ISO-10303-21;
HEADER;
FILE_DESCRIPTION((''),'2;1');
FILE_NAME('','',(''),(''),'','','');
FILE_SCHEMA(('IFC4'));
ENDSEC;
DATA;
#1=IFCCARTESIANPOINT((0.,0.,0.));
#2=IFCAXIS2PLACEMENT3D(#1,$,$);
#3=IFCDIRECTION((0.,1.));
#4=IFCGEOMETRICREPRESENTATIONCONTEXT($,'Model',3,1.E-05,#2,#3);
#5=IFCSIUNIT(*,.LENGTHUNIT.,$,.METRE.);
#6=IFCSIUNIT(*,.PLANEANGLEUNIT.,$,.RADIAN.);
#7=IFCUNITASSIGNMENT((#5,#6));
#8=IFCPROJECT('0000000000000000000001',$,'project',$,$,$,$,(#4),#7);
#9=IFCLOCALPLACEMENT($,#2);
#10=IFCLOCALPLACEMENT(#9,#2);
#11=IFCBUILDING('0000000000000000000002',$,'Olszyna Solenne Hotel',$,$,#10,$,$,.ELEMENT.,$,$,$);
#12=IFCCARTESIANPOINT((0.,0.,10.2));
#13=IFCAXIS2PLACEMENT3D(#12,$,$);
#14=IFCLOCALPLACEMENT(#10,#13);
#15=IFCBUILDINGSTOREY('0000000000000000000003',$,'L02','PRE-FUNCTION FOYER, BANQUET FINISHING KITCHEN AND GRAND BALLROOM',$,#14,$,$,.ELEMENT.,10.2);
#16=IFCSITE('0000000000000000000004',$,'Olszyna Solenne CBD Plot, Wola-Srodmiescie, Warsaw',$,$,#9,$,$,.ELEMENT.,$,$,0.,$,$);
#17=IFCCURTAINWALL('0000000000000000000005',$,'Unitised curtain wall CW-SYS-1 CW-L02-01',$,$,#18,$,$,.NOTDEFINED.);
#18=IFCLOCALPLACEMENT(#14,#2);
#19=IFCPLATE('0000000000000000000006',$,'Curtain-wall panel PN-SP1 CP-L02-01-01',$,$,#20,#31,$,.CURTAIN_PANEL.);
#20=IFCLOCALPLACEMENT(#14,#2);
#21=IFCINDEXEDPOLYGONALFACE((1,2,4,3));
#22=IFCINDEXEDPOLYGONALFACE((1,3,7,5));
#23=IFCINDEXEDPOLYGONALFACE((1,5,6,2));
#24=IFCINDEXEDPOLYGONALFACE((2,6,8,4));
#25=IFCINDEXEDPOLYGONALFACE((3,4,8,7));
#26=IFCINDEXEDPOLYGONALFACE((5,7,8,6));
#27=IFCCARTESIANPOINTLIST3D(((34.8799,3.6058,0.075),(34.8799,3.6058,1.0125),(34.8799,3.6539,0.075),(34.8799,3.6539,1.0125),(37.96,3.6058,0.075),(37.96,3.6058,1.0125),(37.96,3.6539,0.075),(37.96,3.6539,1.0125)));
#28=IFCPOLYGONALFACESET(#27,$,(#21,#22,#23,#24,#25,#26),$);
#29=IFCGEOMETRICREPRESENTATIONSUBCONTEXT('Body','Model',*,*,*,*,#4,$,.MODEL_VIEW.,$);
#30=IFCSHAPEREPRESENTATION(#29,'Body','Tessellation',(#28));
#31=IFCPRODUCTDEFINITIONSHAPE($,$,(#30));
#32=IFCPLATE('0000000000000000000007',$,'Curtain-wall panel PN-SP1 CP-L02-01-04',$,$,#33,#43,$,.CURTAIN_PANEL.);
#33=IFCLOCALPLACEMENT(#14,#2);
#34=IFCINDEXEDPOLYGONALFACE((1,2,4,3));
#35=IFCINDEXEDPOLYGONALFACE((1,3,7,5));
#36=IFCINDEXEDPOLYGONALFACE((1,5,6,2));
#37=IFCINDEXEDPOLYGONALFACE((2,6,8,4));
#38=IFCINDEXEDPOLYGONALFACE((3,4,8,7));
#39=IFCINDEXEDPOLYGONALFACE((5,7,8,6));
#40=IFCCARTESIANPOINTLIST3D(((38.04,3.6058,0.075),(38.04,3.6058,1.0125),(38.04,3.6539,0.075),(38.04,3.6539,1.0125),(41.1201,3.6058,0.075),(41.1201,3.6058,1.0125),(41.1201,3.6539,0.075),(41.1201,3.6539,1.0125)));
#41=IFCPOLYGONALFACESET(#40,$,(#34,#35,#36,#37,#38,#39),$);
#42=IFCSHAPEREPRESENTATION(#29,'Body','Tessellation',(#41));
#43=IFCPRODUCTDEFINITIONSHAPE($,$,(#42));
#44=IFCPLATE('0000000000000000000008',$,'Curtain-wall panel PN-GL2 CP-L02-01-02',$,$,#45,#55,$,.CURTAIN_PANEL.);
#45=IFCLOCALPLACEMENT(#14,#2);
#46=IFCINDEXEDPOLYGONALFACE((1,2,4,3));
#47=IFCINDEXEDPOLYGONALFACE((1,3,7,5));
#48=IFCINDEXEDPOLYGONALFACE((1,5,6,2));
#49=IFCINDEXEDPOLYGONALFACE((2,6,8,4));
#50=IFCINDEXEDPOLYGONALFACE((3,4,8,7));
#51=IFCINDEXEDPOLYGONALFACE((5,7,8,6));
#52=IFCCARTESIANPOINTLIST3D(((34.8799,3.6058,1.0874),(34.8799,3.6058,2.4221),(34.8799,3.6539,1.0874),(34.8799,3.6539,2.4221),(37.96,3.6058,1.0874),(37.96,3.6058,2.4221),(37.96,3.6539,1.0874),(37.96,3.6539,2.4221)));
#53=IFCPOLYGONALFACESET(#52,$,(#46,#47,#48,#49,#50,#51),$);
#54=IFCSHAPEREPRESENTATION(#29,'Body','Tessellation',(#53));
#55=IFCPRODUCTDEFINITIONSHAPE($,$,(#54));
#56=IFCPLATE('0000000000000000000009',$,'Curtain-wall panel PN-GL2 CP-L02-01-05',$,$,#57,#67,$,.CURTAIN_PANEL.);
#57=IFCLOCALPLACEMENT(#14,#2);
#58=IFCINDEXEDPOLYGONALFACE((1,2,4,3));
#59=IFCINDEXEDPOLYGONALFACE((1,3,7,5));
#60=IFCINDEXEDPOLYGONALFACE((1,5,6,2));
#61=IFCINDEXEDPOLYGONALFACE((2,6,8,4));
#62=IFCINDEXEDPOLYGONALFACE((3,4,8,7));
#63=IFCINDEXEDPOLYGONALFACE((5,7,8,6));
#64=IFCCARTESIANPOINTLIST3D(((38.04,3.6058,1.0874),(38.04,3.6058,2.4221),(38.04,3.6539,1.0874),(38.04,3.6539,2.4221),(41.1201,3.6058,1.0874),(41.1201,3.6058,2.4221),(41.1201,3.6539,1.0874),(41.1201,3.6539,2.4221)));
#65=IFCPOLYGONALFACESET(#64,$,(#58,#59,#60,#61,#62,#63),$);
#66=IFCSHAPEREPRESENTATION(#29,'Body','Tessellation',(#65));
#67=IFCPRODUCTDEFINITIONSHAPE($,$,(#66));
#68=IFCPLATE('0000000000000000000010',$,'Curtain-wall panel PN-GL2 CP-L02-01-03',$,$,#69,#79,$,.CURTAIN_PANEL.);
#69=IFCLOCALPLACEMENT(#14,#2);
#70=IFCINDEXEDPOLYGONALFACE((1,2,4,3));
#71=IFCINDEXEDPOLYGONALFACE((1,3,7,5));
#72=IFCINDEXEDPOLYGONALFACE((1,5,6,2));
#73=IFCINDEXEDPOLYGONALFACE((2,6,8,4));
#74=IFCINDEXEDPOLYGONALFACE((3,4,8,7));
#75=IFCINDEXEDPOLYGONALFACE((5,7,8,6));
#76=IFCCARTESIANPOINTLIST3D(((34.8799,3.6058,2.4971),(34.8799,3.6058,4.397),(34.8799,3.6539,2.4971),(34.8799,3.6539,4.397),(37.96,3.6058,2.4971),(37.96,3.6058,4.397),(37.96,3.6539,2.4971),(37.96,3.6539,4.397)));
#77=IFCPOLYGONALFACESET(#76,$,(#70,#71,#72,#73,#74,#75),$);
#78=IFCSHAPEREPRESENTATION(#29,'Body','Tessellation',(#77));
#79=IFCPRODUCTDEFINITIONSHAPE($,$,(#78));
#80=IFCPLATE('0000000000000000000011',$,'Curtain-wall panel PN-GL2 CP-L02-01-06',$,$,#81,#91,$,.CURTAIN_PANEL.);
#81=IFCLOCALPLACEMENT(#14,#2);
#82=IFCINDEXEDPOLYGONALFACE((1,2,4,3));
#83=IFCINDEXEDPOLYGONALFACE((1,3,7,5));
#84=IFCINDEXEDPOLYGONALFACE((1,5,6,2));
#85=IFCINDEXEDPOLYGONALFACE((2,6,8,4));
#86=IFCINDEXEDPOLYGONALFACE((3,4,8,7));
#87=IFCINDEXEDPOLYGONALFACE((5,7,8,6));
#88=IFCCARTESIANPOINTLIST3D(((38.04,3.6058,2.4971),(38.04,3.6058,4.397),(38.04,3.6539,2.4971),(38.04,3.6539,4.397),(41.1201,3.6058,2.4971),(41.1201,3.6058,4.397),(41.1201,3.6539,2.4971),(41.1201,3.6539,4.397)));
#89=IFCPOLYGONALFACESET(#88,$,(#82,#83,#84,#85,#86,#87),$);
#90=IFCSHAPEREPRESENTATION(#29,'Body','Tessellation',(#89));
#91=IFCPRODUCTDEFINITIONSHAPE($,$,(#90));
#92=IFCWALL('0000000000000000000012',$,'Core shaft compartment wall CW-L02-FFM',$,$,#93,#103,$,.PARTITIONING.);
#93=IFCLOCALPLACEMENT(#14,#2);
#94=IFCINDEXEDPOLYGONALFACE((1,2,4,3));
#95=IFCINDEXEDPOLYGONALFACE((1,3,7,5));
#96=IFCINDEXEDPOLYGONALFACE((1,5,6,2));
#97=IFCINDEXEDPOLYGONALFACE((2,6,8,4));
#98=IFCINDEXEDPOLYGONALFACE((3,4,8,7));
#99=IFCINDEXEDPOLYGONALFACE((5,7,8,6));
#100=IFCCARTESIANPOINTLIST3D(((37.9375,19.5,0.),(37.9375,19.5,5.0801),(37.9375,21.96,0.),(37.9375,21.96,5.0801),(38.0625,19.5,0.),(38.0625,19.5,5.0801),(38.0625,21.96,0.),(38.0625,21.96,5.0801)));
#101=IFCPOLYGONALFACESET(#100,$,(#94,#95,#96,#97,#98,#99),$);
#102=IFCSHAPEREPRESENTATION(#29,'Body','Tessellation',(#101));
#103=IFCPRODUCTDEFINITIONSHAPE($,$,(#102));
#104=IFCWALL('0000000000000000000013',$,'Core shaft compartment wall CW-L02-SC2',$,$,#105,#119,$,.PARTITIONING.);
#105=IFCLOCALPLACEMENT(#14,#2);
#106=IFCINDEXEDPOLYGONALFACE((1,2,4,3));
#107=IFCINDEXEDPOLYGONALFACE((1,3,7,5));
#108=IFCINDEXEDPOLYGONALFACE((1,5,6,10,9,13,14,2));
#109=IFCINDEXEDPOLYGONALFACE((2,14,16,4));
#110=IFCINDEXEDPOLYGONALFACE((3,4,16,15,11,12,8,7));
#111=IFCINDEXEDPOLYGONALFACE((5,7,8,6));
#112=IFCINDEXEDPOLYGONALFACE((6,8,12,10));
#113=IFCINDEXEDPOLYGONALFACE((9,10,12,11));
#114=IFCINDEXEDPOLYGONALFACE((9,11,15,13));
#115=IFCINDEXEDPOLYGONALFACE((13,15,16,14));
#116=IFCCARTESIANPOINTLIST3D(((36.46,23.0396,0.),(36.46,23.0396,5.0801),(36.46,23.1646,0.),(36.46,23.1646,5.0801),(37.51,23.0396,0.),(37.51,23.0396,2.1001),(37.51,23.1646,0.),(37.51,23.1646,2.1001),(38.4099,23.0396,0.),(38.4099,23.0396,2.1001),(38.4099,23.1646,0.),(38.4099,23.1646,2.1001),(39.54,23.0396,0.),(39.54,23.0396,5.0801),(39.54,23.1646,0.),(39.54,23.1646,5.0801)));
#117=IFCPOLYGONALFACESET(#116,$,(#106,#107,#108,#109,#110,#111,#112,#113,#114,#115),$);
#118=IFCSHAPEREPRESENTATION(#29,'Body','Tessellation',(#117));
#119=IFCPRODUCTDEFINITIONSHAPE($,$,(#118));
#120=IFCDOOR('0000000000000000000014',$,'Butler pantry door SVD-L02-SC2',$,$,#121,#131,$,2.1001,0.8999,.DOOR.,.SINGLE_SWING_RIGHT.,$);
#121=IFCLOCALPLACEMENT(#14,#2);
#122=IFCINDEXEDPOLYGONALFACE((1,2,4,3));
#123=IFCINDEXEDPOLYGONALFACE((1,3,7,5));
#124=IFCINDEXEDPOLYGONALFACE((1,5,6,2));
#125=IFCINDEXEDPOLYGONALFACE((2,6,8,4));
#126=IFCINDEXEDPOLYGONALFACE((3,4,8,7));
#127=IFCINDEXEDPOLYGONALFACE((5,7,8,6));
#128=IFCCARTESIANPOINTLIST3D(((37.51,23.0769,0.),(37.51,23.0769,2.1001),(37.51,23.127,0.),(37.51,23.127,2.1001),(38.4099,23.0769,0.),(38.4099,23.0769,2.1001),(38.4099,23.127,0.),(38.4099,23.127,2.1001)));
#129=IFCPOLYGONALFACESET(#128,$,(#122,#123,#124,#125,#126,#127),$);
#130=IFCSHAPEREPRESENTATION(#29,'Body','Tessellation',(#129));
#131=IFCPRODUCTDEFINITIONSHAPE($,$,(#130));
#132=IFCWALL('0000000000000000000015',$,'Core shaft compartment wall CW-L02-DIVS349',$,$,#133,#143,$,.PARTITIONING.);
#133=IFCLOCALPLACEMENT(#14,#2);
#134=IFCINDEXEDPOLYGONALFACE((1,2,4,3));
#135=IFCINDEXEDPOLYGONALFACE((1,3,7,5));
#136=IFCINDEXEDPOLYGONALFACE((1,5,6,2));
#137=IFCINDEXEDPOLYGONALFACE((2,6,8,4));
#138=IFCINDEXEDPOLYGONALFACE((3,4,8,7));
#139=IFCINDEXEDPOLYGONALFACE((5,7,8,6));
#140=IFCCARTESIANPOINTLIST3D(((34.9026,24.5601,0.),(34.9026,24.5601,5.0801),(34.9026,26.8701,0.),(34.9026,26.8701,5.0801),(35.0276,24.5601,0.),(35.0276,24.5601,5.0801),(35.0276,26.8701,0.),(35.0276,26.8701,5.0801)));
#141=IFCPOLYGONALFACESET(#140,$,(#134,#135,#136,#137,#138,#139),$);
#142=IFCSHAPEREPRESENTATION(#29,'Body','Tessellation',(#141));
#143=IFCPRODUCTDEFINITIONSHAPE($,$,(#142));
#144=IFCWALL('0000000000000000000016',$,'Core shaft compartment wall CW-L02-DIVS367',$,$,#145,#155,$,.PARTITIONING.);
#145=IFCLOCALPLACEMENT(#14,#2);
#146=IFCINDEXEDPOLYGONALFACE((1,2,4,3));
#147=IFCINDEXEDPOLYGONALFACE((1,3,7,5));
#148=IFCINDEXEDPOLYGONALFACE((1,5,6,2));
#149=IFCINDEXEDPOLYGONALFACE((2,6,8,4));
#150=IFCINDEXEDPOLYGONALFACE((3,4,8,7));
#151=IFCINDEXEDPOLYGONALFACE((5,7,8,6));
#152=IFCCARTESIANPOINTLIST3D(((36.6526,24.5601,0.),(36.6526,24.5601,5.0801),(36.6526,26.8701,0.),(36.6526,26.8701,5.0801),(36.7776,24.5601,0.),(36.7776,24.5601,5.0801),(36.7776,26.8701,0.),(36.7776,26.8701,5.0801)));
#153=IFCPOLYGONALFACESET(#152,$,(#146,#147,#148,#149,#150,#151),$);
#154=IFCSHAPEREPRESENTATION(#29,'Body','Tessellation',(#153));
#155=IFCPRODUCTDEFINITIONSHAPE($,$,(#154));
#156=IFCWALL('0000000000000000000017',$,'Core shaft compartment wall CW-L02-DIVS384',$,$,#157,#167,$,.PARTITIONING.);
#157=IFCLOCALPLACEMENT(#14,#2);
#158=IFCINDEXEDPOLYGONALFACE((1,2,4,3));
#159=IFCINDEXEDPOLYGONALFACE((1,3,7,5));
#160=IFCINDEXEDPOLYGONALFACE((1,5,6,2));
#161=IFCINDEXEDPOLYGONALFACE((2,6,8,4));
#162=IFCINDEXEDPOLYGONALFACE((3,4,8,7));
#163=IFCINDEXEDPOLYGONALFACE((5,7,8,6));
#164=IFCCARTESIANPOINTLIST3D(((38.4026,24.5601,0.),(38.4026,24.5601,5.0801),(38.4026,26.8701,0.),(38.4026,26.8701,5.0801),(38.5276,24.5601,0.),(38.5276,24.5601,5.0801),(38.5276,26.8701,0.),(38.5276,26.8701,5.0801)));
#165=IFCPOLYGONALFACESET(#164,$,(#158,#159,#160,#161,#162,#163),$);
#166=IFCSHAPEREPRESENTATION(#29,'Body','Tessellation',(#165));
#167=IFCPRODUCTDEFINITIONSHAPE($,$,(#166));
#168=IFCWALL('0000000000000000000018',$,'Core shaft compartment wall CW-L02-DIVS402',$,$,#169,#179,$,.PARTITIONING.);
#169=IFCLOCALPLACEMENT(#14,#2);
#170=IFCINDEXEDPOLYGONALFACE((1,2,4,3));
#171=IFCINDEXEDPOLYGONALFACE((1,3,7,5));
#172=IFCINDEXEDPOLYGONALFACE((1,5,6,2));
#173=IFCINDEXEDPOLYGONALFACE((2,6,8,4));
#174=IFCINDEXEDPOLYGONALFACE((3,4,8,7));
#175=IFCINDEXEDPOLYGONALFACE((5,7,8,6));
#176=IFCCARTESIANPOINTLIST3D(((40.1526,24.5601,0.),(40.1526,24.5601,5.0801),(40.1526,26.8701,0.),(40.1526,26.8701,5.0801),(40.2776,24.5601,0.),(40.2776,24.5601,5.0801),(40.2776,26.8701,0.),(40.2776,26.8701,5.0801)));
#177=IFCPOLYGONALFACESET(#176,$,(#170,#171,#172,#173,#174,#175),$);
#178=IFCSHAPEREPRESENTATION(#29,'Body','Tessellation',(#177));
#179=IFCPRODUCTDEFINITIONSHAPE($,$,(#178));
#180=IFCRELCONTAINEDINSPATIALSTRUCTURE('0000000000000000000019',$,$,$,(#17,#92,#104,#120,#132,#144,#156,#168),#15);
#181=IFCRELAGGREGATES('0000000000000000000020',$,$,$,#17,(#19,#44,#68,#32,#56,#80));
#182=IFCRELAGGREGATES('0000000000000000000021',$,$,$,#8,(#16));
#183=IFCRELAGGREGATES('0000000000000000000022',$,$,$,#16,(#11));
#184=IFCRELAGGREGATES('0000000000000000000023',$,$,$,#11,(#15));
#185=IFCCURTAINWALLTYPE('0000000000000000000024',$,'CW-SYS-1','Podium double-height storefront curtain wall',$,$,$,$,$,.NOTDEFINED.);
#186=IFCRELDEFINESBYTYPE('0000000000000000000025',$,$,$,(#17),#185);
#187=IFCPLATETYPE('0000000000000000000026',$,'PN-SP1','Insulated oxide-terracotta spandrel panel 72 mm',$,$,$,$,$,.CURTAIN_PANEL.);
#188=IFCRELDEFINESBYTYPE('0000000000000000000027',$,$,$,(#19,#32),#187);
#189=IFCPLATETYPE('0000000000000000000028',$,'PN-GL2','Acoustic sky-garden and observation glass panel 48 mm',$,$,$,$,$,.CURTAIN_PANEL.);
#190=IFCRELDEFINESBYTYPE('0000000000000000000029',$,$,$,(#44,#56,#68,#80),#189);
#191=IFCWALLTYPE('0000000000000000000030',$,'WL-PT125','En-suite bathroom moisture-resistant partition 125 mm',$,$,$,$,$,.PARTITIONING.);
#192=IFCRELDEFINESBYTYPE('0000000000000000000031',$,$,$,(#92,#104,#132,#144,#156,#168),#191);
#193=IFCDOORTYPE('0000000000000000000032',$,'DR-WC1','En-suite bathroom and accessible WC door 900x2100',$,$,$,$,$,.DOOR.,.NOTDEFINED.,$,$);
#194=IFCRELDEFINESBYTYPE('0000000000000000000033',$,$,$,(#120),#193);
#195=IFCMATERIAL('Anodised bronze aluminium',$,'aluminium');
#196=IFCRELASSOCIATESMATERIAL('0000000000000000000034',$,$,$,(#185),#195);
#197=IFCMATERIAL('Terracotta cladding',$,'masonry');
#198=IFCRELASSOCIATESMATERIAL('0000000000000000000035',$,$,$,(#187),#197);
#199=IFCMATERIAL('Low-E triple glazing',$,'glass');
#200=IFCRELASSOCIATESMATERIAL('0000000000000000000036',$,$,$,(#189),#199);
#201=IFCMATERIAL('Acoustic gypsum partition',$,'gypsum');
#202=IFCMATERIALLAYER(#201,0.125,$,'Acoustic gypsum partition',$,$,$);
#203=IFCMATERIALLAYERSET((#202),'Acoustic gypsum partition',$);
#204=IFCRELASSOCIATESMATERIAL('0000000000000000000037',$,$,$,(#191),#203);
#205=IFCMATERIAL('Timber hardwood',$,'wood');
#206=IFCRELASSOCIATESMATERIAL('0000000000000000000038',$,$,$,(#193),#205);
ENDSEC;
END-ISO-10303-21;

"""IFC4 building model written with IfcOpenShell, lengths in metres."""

from ifc_helpers import new_model, si_unit, direction, frame, frame_2d, origin, origin_2d, place, context, subcontext, project, spatial, rectangle, extrude, source, transform, mapped, material, layer, layer_set, type_object, type_shapes, element, fill, aggregate, save


model = new_model("IFC4")

# Units and contexts
model_context = context("Model", 3, precision=1e-05, world=origin(), true_north=direction((0.0, 1.0)))
body_context = subcontext(model_context, "Body", "Model", "MODEL_VIEW")
ifc_project = project(units=[si_unit("LENGTHUNIT", "METRE"), si_unit("PLANEANGLEUNIT", "RADIAN")], contexts=[model_context])

# Site, building, storey
site_placement = place(None, origin())
site = spatial("IfcSite", under=ifc_project, at=site_placement, Name="Olszyna Solenne CBD Plot, Wola-Srodmiescie, Warsaw", CompositionType="ELEMENT", RefElevation=0.0)
building_placement = place(site_placement, origin())
building = spatial("IfcBuilding", under=site, at=building_placement, Name="Olszyna Solenne Hotel", CompositionType="ELEMENT")
storey_placement = place(building_placement, frame((0.0, 0.0, 10.2)))
storey = spatial("IfcBuildingStorey", under=building, at=storey_placement, Name="L02", Description="PRE-FUNCTION FOYER, BANQUET FINISHING KITCHEN AND GRAND BALLROOM", CompositionType="ELEMENT", Elevation=10.2)

# Curtain wall, plates
ifc_material_1 = material(Name="Anodised bronze aluminium", Category="aluminium")
curtain_wall_type = type_object("IfcCurtainWallType", Name="CW-SYS-1", Description="Podium double-height storefront curtain wall", PredefinedType="NOTDEFINED", material=ifc_material_1)
curtain_wall_placement = place(storey_placement, origin())
curtain_wall = element("IfcCurtainWall", 1, at=curtain_wall_placement, inside=storey, type_object=curtain_wall_type, Name="Unitised curtain wall CW-SYS-1 CW-L02-01", PredefinedType="NOTDEFINED")
ifc_material_2 = material(Name="Terracotta cladding", Category="masonry")
plate_type_1 = type_object("IfcPlateType", Name="PN-SP1", Description="Insulated oxide-terracotta spandrel panel 72 mm", PredefinedType="CURTAIN_PANEL", material=ifc_material_2)
shared_shape_1 = source(origin(), body_context, "Body", "SweptSolid", [
    extrude(rectangle(XDim=3.0801, YDim=0.0481, at=origin_2d()), origin(), (0.0, 0.0, 1.0), 0.9375),
])
plate_1_placement = place(storey_placement, frame((36.4199, 3.6299, 0.075), z_axis=(0.0, 0.0, 1.0), x_axis=(1.0, 0.0, 0.0)))
plate_1 = element("IfcPlate", 2, at=plate_1_placement, type_object=plate_type_1, Name="Curtain-wall panel PN-SP1 CP-L02-01-01", PredefinedType="CURTAIN_PANEL", context=body_context, shape_type="MappedRepresentation", body=[
    mapped(shared_shape_1, transform((0.0, 0.0, 0.0), x_axis=(1.0, 0.0, 0.0), y_axis=(0.0, 1.0, 0.0), z_axis=(0.0, 0.0, 1.0), scale=1.0)),
])
plate_2_placement = place(storey_placement, frame((39.5801, 3.6299, 0.075), z_axis=(0.0, 0.0, 1.0), x_axis=(1.0, 0.0, 0.0)))
plate_2 = element("IfcPlate", 3, at=plate_2_placement, type_object=plate_type_1, Name="Curtain-wall panel PN-SP1 CP-L02-01-04", PredefinedType="CURTAIN_PANEL", context=body_context, shape_type="MappedRepresentation", body=[
    mapped(shared_shape_1, transform((0.0, 0.0, 0.0), x_axis=(1.0, 0.0, 0.0), y_axis=(0.0, 1.0, 0.0), z_axis=(0.0, 0.0, 1.0), scale=1.0)),
])
ifc_material_3 = material(Name="Low-E triple glazing", Category="glass")
plate_type_2 = type_object("IfcPlateType", Name="PN-GL2", Description="Acoustic sky-garden and observation glass panel 48 mm", PredefinedType="CURTAIN_PANEL", material=ifc_material_3)
shared_shape_2 = source(origin(), body_context, "Body", "SweptSolid", [
    extrude(rectangle(XDim=3.0801, YDim=0.0481, at=origin_2d()), origin(), (0.0, 0.0, 1.0), 1.3347),
])
plate_3_placement = place(storey_placement, frame((36.4199, 3.6299, 1.0874), z_axis=(0.0, 0.0, 1.0), x_axis=(1.0, 0.0, 0.0)))
plate_3 = element("IfcPlate", 4, at=plate_3_placement, type_object=plate_type_2, Name="Curtain-wall panel PN-GL2 CP-L02-01-02", PredefinedType="CURTAIN_PANEL", context=body_context, shape_type="MappedRepresentation", body=[
    mapped(shared_shape_2, transform((0.0, 0.0, 0.0), x_axis=(1.0, 0.0, 0.0), y_axis=(0.0, 1.0, 0.0), z_axis=(0.0, 0.0, 1.0), scale=1.0)),
])
plate_4_placement = place(storey_placement, frame((39.5801, 3.6299, 1.0874), z_axis=(0.0, 0.0, 1.0), x_axis=(1.0, 0.0, 0.0)))
plate_4 = element("IfcPlate", 5, at=plate_4_placement, type_object=plate_type_2, Name="Curtain-wall panel PN-GL2 CP-L02-01-05", PredefinedType="CURTAIN_PANEL", context=body_context, shape_type="MappedRepresentation", body=[
    mapped(shared_shape_2, transform((0.0, 0.0, 0.0), x_axis=(1.0, 0.0, 0.0), y_axis=(0.0, 1.0, 0.0), z_axis=(0.0, 0.0, 1.0), scale=1.0)),
])
shared_shape_3 = source(origin(), body_context, "Body", "SweptSolid", [
    extrude(rectangle(XDim=3.0801, YDim=0.0481, at=origin_2d()), origin(), (0.0, 0.0, 1.0), 1.8999),
])
plate_5_placement = place(storey_placement, frame((36.4199, 3.6299, 2.4971), z_axis=(0.0, 0.0, 1.0), x_axis=(1.0, 0.0, 0.0)))
plate_5 = element("IfcPlate", 6, at=plate_5_placement, type_object=plate_type_2, Name="Curtain-wall panel PN-GL2 CP-L02-01-03", PredefinedType="CURTAIN_PANEL", context=body_context, shape_type="MappedRepresentation", body=[
    mapped(shared_shape_3, transform((0.0, 0.0, 0.0), x_axis=(1.0, 0.0, 0.0), y_axis=(0.0, 1.0, 0.0), z_axis=(0.0, 0.0, 1.0), scale=1.0)),
])
plate_6_placement = place(storey_placement, frame((39.5801, 3.6299, 2.4971), z_axis=(0.0, 0.0, 1.0), x_axis=(1.0, 0.0, 0.0)))
plate_6 = element("IfcPlate", 7, at=plate_6_placement, type_object=plate_type_2, Name="Curtain-wall panel PN-GL2 CP-L02-01-06", PredefinedType="CURTAIN_PANEL", context=body_context, shape_type="MappedRepresentation", body=[
    mapped(shared_shape_3, transform((0.0, 0.0, 0.0), x_axis=(1.0, 0.0, 0.0), y_axis=(0.0, 1.0, 0.0), z_axis=(0.0, 0.0, 1.0), scale=1.0)),
])
aggregate(curtain_wall, [plate_1, plate_3, plate_5, plate_2, plate_4, plate_6])

# Wall
ifc_material_4 = material(Name="Acoustic gypsum partition", Category="gypsum")
ifc_layer_1 = layer(ifc_material_4, 0.125, Name="Acoustic gypsum partition")
ifc_layer_set_1 = layer_set([ifc_layer_1], Name="Acoustic gypsum partition")
wall_type_1 = type_object("IfcWallType", Name="WL-PT125", Description="En-suite bathroom moisture-resistant partition 125 mm", PredefinedType="PARTITIONING", material=ifc_layer_set_1)
wall_1_placement = place(storey_placement, frame((38.0, 19.5, 0.0), z_axis=(0.0, 0.0, 1.0), x_axis=(0.0, 1.0, 0.0)))
element("IfcWall", 8, at=wall_1_placement, inside=storey, type_object=wall_type_1, Name="Core shaft compartment wall CW-L02-FFM", PredefinedType="PARTITIONING", context=body_context, shape_type="SweptSolid", body=[
    extrude(rectangle(XDim=2.46, YDim=0.125, at=frame_2d((1.23, 0.0))), origin(), (0.0, 0.0, 1.0), 5.0801),
])

# Wall, opening, door
wall_2_placement = place(storey_placement, frame((36.46, 23.1021, 0.0), z_axis=(0.0, 0.0, 1.0), x_axis=(1.0, 0.0, 0.0)))
wall_2 = element("IfcWall", 9, at=wall_2_placement, inside=storey, type_object=wall_type_1, Name="Core shaft compartment wall CW-L02-SC2", PredefinedType="PARTITIONING", context=body_context, shape_type="SweptSolid", body=[
    extrude(rectangle(XDim=3.0801, YDim=0.125, at=frame_2d((1.54, 0.0))), origin(), (0.0, 0.0, 1.0), 5.0801),
])
opening_1_placement = place(wall_2_placement, frame((1.05, 0.0, 0.0)))
opening_1 = element("IfcOpeningElement", 10, at=opening_1_placement, cuts=wall_2, PredefinedType="OPENING", context=body_context, shape_type="SweptSolid", body=[
    extrude(rectangle(XDim=0.8999, YDim=2.1001, at=frame_2d((0.45, 1.05))), frame((0.0, 0.0725, 0.0), z_axis=(0.0, -1.0, 0.0), x_axis=(1.0, 0.0, 0.0)), (0.0, 0.0, 1.0), 0.145),
])
ifc_material_5 = material(Name="Timber hardwood", Category="wood")
door_type_1 = type_object("IfcDoorType", Name="DR-WC1", Description="En-suite bathroom and accessible WC door 900x2100", OperationType="NOTDEFINED", PredefinedType="DOOR", material=ifc_material_5)
shared_shape_4 = source(origin(), body_context, "Body", "SweptSolid", [
    extrude(rectangle(XDim=0.8999, YDim=2.1001, at=frame_2d((0.45, 1.05))), frame((0.0, 0.0249, 0.0), z_axis=(0.0, -1.0, 0.0), x_axis=(1.0, 0.0, 0.0)), (0.0, 0.0, 1.0), 0.05),
])
type_shapes(door_type_1, [shared_shape_4])
door_1_placement = place(opening_1_placement, origin())
door_1 = element("IfcDoor", 11, at=door_1_placement, inside=storey, type_object=door_type_1, Name="Butler pantry door SVD-L02-SC2", OperationType="SINGLE_SWING_RIGHT", OverallHeight=2.1001, OverallWidth=0.8999, PredefinedType="DOOR", context=body_context, shape_type="MappedRepresentation", body=[
    mapped(shared_shape_4, transform((0.0, 0.0, 0.0), x_axis=(1.0, 0.0, 0.0), y_axis=(0.0, 1.0, 0.0), z_axis=(0.0, 0.0, 1.0), scale=1.0)),
])
fill(opening_1, door_1)

# Walls
for number, where, z_axis, x_axis, name in (
    (12, (34.9651, 24.5601, 0.0), (0.0, 0.0, 1.0), (0.0, 1.0, 0.0), "Core shaft compartment wall CW-L02-DIVS349"),
    (13, (36.7151, 24.5601, 0.0), (0.0, 0.0, 1.0), (0.0, 1.0, 0.0), "Core shaft compartment wall CW-L02-DIVS367"),
    (14, (38.4651, 24.5601, 0.0), (0.0, 0.0, 1.0), (0.0, 1.0, 0.0), "Core shaft compartment wall CW-L02-DIVS384"),
    (15, (40.2151, 24.5601, 0.0), (0.0, 0.0, 1.0), (0.0, 1.0, 0.0), "Core shaft compartment wall CW-L02-DIVS402"),
):
    element("IfcWall", number, at=place(storey_placement, frame(where, z_axis=z_axis, x_axis=x_axis)), inside=storey, type_object=wall_type_1, Name=name, PredefinedType="PARTITIONING", context=body_context, shape_type="SweptSolid", body=[
        extrude(rectangle(XDim=2.3101, YDim=0.125, at=frame_2d((1.155, 0.0))), origin(), (0.0, 0.0, 1.0), 5.0801),
    ])

save(model, "model.ifc")
